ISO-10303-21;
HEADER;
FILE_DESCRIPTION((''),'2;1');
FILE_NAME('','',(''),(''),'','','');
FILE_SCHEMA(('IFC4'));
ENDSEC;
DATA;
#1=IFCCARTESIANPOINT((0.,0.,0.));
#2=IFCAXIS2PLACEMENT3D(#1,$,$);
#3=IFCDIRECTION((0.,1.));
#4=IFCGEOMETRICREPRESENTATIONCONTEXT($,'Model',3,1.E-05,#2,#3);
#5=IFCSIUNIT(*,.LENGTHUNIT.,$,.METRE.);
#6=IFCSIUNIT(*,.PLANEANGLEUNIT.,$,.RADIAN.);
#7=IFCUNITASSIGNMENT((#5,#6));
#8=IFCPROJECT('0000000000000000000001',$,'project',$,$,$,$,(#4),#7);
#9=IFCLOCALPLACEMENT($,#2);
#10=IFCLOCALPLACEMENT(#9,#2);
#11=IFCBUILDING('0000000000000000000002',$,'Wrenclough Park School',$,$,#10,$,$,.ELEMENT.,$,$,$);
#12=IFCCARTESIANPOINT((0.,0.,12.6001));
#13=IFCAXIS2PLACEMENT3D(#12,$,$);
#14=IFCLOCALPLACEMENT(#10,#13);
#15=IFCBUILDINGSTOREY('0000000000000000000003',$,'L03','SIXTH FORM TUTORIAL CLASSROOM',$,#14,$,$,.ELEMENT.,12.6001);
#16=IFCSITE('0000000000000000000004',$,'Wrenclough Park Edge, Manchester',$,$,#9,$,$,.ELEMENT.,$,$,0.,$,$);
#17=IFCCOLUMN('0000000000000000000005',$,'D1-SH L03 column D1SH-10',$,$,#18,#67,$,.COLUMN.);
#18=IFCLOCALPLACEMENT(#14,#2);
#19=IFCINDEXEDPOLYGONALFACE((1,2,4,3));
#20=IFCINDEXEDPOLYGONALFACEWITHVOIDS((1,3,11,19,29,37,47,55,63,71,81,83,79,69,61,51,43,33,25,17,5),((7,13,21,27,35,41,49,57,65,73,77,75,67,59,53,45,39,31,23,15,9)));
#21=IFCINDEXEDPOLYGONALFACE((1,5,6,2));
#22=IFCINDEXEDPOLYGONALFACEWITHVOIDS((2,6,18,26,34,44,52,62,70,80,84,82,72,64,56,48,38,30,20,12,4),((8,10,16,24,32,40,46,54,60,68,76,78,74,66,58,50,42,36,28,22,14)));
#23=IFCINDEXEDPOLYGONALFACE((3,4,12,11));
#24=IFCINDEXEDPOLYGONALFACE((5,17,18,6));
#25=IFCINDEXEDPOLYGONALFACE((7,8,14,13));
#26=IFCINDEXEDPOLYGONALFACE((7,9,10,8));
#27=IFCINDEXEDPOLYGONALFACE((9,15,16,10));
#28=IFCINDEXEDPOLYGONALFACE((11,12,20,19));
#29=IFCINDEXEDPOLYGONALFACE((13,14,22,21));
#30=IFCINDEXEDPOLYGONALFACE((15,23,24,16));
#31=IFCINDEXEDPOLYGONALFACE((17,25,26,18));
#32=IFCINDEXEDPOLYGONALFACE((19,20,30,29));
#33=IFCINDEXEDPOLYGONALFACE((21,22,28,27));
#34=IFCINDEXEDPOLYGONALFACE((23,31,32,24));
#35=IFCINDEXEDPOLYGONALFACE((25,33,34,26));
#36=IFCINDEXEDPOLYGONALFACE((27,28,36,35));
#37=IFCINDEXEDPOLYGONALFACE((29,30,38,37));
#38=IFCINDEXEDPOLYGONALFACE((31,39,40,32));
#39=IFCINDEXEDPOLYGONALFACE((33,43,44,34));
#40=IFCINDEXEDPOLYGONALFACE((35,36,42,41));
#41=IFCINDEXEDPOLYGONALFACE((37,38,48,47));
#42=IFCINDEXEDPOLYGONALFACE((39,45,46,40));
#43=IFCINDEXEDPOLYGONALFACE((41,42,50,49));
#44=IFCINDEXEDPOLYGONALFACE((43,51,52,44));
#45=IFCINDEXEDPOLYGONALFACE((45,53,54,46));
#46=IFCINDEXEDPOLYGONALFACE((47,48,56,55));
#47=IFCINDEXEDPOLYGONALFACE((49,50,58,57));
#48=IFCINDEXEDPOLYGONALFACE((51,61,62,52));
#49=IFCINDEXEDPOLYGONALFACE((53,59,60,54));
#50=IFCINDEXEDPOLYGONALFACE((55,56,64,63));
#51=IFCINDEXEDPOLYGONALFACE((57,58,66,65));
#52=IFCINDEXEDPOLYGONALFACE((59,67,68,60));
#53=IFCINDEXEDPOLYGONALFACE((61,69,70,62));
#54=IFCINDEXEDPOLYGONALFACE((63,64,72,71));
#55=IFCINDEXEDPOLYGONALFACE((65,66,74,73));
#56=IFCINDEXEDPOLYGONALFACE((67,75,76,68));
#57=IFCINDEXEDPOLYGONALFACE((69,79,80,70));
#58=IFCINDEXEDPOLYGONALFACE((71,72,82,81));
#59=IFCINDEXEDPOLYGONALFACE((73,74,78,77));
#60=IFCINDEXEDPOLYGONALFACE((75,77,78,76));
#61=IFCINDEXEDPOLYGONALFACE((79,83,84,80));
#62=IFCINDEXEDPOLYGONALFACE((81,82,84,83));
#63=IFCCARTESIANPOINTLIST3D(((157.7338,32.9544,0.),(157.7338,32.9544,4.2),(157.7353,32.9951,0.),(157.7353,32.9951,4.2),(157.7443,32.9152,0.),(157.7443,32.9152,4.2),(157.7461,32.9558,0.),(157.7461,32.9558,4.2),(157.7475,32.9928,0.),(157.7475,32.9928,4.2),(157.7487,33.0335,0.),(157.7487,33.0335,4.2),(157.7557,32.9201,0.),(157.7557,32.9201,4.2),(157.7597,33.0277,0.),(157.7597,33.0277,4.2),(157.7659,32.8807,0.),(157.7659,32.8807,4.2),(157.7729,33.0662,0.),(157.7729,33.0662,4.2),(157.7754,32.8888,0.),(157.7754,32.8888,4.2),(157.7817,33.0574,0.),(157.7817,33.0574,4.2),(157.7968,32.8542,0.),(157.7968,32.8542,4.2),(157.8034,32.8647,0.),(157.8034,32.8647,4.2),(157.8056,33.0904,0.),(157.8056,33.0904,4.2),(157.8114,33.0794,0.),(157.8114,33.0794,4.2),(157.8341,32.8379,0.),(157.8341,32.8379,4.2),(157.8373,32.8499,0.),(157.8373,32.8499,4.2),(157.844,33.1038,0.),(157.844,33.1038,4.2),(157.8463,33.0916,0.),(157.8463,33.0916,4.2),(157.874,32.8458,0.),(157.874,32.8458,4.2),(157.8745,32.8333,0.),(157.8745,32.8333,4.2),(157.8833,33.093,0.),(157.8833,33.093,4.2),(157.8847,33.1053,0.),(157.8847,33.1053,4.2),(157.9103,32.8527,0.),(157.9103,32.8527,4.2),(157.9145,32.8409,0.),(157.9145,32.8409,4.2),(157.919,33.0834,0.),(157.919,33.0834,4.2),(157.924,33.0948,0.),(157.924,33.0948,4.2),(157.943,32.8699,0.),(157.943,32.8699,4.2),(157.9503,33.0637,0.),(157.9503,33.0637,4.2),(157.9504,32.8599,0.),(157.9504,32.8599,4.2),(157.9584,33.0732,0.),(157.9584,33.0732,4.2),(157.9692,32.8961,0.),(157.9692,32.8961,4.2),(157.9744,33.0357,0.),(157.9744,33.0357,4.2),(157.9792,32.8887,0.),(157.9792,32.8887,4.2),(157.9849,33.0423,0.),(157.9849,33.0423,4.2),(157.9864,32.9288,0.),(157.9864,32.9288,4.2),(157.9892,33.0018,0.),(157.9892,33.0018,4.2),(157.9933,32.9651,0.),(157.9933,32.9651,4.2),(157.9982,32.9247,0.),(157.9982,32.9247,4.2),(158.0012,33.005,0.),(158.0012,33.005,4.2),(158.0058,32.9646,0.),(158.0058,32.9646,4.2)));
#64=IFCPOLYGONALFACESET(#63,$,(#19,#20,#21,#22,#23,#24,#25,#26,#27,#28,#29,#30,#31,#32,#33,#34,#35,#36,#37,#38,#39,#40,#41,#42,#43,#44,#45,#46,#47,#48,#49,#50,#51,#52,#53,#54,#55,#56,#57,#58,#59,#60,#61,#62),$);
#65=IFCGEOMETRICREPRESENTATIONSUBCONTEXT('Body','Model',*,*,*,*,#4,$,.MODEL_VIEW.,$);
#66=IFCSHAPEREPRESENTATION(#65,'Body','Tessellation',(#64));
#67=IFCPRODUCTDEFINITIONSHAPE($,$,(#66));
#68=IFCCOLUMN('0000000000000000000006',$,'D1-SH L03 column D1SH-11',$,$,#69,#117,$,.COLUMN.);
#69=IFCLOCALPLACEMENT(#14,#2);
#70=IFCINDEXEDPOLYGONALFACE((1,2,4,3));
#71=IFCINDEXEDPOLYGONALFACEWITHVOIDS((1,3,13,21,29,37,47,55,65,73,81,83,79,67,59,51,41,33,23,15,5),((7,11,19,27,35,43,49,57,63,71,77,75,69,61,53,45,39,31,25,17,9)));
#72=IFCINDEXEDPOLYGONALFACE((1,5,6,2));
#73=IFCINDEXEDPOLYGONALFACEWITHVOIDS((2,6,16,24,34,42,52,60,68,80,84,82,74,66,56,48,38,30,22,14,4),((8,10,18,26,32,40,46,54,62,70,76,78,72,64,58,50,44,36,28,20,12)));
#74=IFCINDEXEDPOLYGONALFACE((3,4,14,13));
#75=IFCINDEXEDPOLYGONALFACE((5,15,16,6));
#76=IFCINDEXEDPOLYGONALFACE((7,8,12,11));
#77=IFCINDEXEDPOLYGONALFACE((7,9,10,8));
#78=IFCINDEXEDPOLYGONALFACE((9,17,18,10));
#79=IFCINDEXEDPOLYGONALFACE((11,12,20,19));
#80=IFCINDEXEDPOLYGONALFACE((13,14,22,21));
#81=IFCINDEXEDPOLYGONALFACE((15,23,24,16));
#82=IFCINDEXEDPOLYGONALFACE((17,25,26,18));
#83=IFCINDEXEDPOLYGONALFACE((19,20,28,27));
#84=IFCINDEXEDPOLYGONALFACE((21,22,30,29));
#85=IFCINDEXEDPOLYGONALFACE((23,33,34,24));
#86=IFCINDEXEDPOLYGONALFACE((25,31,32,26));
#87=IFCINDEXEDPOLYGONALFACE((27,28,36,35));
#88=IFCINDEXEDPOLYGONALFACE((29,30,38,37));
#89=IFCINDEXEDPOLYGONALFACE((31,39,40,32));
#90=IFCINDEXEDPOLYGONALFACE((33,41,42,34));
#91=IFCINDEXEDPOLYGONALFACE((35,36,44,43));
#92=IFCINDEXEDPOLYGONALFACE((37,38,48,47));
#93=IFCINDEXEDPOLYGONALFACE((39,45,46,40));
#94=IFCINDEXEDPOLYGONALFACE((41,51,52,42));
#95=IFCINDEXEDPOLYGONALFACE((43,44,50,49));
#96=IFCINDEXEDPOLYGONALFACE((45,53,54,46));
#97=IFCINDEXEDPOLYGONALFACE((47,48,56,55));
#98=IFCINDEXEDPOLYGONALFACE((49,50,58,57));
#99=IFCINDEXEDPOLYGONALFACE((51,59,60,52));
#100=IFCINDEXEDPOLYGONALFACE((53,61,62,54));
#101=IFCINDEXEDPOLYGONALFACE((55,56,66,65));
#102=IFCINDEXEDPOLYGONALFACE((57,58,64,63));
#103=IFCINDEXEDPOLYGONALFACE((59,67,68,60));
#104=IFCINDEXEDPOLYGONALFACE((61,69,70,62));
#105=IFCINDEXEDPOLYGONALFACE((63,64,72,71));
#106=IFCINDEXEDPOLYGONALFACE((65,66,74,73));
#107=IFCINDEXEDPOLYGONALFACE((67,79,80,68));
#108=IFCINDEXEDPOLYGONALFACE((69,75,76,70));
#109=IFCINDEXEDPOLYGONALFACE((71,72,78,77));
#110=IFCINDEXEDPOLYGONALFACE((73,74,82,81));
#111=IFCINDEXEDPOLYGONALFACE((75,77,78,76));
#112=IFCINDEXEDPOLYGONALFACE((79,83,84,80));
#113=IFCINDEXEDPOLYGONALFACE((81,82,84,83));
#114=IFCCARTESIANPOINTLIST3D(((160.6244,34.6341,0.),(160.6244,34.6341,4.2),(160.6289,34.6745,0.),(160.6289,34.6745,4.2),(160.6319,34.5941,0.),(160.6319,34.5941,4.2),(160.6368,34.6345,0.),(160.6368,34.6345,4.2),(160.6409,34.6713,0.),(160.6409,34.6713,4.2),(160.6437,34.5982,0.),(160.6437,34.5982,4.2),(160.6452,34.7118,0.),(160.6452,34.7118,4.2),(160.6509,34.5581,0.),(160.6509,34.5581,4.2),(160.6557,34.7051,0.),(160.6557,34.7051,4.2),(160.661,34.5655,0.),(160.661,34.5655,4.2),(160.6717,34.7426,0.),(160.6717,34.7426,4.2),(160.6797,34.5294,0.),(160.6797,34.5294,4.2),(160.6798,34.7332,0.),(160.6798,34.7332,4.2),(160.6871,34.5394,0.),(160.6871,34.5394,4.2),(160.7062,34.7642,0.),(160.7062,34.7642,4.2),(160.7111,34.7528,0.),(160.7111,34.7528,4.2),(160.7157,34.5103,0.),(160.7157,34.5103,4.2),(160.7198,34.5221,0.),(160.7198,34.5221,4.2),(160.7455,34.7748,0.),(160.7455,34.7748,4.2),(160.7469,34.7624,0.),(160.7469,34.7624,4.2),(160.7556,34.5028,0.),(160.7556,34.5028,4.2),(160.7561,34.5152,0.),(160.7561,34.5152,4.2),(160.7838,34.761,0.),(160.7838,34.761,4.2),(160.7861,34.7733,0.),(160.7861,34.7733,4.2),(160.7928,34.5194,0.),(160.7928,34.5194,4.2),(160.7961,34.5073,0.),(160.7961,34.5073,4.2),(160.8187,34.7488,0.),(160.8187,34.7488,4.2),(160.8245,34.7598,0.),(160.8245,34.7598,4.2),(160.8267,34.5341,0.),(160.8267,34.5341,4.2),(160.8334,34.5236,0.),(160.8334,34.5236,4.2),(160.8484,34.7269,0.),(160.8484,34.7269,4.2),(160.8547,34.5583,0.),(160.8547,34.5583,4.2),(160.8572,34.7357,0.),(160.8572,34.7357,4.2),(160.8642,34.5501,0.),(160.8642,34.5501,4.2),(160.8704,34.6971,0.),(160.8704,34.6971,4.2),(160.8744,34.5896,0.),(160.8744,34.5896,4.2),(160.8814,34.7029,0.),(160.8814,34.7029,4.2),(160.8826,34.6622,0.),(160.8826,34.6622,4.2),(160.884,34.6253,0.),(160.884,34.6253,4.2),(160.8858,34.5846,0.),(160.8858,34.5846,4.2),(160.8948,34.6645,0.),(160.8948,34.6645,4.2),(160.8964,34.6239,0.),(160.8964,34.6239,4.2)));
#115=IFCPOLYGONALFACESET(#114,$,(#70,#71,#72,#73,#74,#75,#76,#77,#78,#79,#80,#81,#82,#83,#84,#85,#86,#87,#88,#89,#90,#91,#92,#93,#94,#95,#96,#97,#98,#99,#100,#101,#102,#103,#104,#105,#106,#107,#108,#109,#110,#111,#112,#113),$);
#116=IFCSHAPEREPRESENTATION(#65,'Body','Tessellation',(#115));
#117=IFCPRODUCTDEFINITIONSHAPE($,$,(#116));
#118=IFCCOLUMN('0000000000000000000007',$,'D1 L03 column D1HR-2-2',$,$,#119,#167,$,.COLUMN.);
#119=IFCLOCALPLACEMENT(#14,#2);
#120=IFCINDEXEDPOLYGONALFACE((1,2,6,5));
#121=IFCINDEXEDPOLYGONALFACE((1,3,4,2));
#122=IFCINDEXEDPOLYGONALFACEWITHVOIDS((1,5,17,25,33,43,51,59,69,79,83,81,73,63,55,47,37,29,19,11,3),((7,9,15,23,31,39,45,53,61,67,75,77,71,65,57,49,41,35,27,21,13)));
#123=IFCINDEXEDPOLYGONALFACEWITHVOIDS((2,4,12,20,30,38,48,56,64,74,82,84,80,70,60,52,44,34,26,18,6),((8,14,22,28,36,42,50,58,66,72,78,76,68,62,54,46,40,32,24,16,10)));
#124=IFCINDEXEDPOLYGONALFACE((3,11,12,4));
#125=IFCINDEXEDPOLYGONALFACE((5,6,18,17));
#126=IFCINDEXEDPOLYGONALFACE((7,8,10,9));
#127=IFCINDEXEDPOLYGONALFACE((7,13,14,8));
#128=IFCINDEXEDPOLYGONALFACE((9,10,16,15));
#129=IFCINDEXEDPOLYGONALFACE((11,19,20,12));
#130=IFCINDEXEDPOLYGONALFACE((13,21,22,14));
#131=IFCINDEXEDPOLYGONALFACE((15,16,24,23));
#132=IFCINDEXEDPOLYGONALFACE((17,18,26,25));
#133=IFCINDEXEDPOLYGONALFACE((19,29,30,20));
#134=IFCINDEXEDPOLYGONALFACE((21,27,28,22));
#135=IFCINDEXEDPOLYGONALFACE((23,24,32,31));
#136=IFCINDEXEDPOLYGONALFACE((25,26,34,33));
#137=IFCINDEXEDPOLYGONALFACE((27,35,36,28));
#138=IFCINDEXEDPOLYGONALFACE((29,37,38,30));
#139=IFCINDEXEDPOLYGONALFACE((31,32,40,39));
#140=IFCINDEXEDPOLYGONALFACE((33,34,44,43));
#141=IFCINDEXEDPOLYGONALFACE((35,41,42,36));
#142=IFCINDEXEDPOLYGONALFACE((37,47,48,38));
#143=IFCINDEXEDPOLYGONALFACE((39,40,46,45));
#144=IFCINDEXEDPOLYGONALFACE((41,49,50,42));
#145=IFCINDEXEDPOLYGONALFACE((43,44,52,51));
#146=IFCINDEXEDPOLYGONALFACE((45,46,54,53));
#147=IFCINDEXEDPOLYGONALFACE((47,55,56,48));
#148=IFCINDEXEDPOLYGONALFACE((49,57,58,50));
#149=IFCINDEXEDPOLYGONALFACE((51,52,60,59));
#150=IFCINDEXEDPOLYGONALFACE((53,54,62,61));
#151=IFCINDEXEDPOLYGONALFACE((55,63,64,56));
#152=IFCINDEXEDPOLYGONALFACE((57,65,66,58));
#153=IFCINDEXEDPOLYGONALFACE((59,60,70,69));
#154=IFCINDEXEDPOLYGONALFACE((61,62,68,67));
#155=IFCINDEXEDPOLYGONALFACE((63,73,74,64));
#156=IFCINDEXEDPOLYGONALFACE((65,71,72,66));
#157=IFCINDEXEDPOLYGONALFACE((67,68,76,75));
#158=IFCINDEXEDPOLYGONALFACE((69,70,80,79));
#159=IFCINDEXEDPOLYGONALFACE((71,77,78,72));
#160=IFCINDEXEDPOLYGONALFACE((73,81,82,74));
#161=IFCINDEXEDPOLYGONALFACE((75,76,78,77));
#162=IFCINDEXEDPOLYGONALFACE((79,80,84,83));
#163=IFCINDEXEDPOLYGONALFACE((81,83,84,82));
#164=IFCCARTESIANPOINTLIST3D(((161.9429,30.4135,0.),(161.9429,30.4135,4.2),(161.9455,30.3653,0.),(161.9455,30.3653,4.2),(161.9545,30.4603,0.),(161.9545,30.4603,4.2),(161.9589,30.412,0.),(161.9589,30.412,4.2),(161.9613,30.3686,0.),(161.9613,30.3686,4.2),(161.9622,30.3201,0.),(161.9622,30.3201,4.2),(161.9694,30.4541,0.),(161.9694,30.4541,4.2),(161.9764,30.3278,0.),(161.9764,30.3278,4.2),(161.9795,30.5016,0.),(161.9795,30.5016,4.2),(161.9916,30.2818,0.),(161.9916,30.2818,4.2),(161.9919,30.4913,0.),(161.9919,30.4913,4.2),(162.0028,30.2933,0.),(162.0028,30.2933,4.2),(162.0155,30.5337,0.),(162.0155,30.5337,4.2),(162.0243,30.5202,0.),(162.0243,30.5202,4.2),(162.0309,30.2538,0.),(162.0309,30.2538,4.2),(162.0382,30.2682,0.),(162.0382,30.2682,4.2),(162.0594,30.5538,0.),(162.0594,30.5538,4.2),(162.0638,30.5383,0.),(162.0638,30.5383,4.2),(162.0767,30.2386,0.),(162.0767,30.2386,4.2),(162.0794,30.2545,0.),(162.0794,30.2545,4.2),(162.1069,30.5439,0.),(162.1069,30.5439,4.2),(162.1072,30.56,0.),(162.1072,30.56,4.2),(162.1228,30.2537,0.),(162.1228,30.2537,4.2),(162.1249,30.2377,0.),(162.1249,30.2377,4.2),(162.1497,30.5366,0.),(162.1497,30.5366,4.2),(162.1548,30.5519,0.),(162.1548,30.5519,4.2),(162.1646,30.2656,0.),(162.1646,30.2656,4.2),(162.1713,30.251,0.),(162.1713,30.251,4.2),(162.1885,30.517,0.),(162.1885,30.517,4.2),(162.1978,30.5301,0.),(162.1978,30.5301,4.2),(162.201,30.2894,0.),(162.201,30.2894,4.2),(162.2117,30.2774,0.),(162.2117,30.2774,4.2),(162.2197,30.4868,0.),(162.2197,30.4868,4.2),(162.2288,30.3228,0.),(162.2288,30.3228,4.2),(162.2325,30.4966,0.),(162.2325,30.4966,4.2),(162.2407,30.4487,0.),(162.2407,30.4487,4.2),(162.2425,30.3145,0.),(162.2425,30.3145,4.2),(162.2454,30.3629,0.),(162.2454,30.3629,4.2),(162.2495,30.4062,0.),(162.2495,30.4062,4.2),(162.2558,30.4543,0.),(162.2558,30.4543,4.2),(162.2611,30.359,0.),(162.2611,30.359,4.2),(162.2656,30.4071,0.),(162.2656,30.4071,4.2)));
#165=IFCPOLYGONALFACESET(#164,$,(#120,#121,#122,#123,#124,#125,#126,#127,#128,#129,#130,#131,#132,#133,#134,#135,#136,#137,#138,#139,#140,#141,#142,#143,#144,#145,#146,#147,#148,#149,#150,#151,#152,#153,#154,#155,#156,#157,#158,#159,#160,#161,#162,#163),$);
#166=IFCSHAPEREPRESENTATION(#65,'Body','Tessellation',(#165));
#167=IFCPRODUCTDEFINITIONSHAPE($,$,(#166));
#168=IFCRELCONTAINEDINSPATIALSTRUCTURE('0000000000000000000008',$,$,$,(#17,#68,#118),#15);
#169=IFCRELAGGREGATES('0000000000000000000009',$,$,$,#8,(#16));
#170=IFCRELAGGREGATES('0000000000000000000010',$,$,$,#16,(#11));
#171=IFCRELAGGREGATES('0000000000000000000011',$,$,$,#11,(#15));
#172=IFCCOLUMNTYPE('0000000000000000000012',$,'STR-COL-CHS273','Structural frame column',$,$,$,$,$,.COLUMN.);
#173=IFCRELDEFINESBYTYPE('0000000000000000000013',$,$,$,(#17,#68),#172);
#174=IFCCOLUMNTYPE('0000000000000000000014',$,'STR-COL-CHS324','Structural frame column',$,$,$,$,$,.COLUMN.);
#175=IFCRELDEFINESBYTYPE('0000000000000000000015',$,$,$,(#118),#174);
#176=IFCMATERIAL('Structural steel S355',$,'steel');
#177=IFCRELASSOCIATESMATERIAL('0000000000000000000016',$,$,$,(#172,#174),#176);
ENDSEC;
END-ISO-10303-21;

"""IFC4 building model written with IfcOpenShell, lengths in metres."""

from ifc_helpers import new_model, si_unit, direction, frame, origin, origin_2d, place, context, subcontext, project, spatial, hollow_circle, extrude, material, material_profile, profile_set, type_object, element, save


model = new_model("IFC4")

# Units and contexts
model_context = context("Model", 3, precision=1e-05, world=origin(), true_north=direction((0.0, 1.0)))
body_context = subcontext(model_context, "Body", "Model", "MODEL_VIEW")
ifc_project = project(units=[si_unit("LENGTHUNIT", "METRE"), si_unit("PLANEANGLEUNIT", "RADIAN")], contexts=[model_context])

# Site, building, storey
site_placement = place(None, origin())
site = spatial("IfcSite", under=ifc_project, at=site_placement, Name="Wrenclough Park Edge, Manchester", CompositionType="ELEMENT", RefElevation=0.0)
building_placement = place(site_placement, origin())
building = spatial("IfcBuilding", under=site, at=building_placement, Name="Wrenclough Park School", CompositionType="ELEMENT")
storey_placement = place(building_placement, frame((0.0, 0.0, 12.6001)))
storey = spatial("IfcBuildingStorey", under=building, at=storey_placement, Name="L03", Description="SIXTH FORM TUTORIAL CLASSROOM", CompositionType="ELEMENT", Elevation=12.6001)

# Columns
ifc_material_1 = material(Name="Structural steel S355", Category="steel")
ifc_material_profile_1 = material_profile(ifc_material_1, hollow_circle(Radius=0.1365, WallThickness=0.0125, at=origin_2d()), Name="CHS 273.0x12.5")
ifc_profile_set_1 = profile_set([ifc_material_profile_1], Name="Structural steel S355")
column_type_1 = type_object("IfcColumnType", Name="STR-COL-CHS273", Description="Structural frame column", PredefinedType="COLUMN", material=ifc_profile_set_1)
for number, where, z_axis, x_axis, name in (
    (1, (157.8694, 32.9697, 0.0), (0.0, 0.0, 1.0), (0.965926, 0.258819, 0.0), "D1-SH L03 column D1SH-10"),
    (2, (160.7607, 34.6392, 0.0), (0.0, 0.0, 1.0), (0.707107, 0.707107, 0.0), "D1-SH L03 column D1SH-11"),
):
    element("IfcColumn", number, at=place(storey_placement, frame(where, z_axis=z_axis, x_axis=x_axis)), inside=storey, type_object=column_type_1, Name=name, PredefinedType="COLUMN", context=body_context, shape_type="SweptSolid", body=[
        extrude(hollow_circle(Radius=0.1365, WallThickness=0.0125, at=origin_2d()), origin(), (0.0, 0.0, 1.0), 4.2),
    ])
ifc_material_profile_2 = material_profile(ifc_material_1, hollow_circle(Radius=0.1619, WallThickness=0.0161, at=origin_2d()), Name="CHS 323.9x16.0")
ifc_profile_set_2 = profile_set([ifc_material_profile_2], Name="Structural steel S355")
column_type_2 = type_object("IfcColumnType", Name="STR-COL-CHS324", Description="Structural frame column", PredefinedType="COLUMN", material=ifc_profile_set_2)
column_1_placement = place(storey_placement, frame((162.104, 30.3982, 0.0), z_axis=(0.0, 0.0, 1.0), x_axis=(0.970296, -0.241922, 0.0)))
element("IfcColumn", 3, at=column_1_placement, inside=storey, type_object=column_type_2, Name="D1 L03 column D1HR-2-2", PredefinedType="COLUMN", context=body_context, shape_type="SweptSolid", body=[
    extrude(hollow_circle(Radius=0.1619, WallThickness=0.0161, at=origin_2d()), origin(), (0.0, 0.0, 1.0), 4.2),
])

save(model, "model.ifc")
